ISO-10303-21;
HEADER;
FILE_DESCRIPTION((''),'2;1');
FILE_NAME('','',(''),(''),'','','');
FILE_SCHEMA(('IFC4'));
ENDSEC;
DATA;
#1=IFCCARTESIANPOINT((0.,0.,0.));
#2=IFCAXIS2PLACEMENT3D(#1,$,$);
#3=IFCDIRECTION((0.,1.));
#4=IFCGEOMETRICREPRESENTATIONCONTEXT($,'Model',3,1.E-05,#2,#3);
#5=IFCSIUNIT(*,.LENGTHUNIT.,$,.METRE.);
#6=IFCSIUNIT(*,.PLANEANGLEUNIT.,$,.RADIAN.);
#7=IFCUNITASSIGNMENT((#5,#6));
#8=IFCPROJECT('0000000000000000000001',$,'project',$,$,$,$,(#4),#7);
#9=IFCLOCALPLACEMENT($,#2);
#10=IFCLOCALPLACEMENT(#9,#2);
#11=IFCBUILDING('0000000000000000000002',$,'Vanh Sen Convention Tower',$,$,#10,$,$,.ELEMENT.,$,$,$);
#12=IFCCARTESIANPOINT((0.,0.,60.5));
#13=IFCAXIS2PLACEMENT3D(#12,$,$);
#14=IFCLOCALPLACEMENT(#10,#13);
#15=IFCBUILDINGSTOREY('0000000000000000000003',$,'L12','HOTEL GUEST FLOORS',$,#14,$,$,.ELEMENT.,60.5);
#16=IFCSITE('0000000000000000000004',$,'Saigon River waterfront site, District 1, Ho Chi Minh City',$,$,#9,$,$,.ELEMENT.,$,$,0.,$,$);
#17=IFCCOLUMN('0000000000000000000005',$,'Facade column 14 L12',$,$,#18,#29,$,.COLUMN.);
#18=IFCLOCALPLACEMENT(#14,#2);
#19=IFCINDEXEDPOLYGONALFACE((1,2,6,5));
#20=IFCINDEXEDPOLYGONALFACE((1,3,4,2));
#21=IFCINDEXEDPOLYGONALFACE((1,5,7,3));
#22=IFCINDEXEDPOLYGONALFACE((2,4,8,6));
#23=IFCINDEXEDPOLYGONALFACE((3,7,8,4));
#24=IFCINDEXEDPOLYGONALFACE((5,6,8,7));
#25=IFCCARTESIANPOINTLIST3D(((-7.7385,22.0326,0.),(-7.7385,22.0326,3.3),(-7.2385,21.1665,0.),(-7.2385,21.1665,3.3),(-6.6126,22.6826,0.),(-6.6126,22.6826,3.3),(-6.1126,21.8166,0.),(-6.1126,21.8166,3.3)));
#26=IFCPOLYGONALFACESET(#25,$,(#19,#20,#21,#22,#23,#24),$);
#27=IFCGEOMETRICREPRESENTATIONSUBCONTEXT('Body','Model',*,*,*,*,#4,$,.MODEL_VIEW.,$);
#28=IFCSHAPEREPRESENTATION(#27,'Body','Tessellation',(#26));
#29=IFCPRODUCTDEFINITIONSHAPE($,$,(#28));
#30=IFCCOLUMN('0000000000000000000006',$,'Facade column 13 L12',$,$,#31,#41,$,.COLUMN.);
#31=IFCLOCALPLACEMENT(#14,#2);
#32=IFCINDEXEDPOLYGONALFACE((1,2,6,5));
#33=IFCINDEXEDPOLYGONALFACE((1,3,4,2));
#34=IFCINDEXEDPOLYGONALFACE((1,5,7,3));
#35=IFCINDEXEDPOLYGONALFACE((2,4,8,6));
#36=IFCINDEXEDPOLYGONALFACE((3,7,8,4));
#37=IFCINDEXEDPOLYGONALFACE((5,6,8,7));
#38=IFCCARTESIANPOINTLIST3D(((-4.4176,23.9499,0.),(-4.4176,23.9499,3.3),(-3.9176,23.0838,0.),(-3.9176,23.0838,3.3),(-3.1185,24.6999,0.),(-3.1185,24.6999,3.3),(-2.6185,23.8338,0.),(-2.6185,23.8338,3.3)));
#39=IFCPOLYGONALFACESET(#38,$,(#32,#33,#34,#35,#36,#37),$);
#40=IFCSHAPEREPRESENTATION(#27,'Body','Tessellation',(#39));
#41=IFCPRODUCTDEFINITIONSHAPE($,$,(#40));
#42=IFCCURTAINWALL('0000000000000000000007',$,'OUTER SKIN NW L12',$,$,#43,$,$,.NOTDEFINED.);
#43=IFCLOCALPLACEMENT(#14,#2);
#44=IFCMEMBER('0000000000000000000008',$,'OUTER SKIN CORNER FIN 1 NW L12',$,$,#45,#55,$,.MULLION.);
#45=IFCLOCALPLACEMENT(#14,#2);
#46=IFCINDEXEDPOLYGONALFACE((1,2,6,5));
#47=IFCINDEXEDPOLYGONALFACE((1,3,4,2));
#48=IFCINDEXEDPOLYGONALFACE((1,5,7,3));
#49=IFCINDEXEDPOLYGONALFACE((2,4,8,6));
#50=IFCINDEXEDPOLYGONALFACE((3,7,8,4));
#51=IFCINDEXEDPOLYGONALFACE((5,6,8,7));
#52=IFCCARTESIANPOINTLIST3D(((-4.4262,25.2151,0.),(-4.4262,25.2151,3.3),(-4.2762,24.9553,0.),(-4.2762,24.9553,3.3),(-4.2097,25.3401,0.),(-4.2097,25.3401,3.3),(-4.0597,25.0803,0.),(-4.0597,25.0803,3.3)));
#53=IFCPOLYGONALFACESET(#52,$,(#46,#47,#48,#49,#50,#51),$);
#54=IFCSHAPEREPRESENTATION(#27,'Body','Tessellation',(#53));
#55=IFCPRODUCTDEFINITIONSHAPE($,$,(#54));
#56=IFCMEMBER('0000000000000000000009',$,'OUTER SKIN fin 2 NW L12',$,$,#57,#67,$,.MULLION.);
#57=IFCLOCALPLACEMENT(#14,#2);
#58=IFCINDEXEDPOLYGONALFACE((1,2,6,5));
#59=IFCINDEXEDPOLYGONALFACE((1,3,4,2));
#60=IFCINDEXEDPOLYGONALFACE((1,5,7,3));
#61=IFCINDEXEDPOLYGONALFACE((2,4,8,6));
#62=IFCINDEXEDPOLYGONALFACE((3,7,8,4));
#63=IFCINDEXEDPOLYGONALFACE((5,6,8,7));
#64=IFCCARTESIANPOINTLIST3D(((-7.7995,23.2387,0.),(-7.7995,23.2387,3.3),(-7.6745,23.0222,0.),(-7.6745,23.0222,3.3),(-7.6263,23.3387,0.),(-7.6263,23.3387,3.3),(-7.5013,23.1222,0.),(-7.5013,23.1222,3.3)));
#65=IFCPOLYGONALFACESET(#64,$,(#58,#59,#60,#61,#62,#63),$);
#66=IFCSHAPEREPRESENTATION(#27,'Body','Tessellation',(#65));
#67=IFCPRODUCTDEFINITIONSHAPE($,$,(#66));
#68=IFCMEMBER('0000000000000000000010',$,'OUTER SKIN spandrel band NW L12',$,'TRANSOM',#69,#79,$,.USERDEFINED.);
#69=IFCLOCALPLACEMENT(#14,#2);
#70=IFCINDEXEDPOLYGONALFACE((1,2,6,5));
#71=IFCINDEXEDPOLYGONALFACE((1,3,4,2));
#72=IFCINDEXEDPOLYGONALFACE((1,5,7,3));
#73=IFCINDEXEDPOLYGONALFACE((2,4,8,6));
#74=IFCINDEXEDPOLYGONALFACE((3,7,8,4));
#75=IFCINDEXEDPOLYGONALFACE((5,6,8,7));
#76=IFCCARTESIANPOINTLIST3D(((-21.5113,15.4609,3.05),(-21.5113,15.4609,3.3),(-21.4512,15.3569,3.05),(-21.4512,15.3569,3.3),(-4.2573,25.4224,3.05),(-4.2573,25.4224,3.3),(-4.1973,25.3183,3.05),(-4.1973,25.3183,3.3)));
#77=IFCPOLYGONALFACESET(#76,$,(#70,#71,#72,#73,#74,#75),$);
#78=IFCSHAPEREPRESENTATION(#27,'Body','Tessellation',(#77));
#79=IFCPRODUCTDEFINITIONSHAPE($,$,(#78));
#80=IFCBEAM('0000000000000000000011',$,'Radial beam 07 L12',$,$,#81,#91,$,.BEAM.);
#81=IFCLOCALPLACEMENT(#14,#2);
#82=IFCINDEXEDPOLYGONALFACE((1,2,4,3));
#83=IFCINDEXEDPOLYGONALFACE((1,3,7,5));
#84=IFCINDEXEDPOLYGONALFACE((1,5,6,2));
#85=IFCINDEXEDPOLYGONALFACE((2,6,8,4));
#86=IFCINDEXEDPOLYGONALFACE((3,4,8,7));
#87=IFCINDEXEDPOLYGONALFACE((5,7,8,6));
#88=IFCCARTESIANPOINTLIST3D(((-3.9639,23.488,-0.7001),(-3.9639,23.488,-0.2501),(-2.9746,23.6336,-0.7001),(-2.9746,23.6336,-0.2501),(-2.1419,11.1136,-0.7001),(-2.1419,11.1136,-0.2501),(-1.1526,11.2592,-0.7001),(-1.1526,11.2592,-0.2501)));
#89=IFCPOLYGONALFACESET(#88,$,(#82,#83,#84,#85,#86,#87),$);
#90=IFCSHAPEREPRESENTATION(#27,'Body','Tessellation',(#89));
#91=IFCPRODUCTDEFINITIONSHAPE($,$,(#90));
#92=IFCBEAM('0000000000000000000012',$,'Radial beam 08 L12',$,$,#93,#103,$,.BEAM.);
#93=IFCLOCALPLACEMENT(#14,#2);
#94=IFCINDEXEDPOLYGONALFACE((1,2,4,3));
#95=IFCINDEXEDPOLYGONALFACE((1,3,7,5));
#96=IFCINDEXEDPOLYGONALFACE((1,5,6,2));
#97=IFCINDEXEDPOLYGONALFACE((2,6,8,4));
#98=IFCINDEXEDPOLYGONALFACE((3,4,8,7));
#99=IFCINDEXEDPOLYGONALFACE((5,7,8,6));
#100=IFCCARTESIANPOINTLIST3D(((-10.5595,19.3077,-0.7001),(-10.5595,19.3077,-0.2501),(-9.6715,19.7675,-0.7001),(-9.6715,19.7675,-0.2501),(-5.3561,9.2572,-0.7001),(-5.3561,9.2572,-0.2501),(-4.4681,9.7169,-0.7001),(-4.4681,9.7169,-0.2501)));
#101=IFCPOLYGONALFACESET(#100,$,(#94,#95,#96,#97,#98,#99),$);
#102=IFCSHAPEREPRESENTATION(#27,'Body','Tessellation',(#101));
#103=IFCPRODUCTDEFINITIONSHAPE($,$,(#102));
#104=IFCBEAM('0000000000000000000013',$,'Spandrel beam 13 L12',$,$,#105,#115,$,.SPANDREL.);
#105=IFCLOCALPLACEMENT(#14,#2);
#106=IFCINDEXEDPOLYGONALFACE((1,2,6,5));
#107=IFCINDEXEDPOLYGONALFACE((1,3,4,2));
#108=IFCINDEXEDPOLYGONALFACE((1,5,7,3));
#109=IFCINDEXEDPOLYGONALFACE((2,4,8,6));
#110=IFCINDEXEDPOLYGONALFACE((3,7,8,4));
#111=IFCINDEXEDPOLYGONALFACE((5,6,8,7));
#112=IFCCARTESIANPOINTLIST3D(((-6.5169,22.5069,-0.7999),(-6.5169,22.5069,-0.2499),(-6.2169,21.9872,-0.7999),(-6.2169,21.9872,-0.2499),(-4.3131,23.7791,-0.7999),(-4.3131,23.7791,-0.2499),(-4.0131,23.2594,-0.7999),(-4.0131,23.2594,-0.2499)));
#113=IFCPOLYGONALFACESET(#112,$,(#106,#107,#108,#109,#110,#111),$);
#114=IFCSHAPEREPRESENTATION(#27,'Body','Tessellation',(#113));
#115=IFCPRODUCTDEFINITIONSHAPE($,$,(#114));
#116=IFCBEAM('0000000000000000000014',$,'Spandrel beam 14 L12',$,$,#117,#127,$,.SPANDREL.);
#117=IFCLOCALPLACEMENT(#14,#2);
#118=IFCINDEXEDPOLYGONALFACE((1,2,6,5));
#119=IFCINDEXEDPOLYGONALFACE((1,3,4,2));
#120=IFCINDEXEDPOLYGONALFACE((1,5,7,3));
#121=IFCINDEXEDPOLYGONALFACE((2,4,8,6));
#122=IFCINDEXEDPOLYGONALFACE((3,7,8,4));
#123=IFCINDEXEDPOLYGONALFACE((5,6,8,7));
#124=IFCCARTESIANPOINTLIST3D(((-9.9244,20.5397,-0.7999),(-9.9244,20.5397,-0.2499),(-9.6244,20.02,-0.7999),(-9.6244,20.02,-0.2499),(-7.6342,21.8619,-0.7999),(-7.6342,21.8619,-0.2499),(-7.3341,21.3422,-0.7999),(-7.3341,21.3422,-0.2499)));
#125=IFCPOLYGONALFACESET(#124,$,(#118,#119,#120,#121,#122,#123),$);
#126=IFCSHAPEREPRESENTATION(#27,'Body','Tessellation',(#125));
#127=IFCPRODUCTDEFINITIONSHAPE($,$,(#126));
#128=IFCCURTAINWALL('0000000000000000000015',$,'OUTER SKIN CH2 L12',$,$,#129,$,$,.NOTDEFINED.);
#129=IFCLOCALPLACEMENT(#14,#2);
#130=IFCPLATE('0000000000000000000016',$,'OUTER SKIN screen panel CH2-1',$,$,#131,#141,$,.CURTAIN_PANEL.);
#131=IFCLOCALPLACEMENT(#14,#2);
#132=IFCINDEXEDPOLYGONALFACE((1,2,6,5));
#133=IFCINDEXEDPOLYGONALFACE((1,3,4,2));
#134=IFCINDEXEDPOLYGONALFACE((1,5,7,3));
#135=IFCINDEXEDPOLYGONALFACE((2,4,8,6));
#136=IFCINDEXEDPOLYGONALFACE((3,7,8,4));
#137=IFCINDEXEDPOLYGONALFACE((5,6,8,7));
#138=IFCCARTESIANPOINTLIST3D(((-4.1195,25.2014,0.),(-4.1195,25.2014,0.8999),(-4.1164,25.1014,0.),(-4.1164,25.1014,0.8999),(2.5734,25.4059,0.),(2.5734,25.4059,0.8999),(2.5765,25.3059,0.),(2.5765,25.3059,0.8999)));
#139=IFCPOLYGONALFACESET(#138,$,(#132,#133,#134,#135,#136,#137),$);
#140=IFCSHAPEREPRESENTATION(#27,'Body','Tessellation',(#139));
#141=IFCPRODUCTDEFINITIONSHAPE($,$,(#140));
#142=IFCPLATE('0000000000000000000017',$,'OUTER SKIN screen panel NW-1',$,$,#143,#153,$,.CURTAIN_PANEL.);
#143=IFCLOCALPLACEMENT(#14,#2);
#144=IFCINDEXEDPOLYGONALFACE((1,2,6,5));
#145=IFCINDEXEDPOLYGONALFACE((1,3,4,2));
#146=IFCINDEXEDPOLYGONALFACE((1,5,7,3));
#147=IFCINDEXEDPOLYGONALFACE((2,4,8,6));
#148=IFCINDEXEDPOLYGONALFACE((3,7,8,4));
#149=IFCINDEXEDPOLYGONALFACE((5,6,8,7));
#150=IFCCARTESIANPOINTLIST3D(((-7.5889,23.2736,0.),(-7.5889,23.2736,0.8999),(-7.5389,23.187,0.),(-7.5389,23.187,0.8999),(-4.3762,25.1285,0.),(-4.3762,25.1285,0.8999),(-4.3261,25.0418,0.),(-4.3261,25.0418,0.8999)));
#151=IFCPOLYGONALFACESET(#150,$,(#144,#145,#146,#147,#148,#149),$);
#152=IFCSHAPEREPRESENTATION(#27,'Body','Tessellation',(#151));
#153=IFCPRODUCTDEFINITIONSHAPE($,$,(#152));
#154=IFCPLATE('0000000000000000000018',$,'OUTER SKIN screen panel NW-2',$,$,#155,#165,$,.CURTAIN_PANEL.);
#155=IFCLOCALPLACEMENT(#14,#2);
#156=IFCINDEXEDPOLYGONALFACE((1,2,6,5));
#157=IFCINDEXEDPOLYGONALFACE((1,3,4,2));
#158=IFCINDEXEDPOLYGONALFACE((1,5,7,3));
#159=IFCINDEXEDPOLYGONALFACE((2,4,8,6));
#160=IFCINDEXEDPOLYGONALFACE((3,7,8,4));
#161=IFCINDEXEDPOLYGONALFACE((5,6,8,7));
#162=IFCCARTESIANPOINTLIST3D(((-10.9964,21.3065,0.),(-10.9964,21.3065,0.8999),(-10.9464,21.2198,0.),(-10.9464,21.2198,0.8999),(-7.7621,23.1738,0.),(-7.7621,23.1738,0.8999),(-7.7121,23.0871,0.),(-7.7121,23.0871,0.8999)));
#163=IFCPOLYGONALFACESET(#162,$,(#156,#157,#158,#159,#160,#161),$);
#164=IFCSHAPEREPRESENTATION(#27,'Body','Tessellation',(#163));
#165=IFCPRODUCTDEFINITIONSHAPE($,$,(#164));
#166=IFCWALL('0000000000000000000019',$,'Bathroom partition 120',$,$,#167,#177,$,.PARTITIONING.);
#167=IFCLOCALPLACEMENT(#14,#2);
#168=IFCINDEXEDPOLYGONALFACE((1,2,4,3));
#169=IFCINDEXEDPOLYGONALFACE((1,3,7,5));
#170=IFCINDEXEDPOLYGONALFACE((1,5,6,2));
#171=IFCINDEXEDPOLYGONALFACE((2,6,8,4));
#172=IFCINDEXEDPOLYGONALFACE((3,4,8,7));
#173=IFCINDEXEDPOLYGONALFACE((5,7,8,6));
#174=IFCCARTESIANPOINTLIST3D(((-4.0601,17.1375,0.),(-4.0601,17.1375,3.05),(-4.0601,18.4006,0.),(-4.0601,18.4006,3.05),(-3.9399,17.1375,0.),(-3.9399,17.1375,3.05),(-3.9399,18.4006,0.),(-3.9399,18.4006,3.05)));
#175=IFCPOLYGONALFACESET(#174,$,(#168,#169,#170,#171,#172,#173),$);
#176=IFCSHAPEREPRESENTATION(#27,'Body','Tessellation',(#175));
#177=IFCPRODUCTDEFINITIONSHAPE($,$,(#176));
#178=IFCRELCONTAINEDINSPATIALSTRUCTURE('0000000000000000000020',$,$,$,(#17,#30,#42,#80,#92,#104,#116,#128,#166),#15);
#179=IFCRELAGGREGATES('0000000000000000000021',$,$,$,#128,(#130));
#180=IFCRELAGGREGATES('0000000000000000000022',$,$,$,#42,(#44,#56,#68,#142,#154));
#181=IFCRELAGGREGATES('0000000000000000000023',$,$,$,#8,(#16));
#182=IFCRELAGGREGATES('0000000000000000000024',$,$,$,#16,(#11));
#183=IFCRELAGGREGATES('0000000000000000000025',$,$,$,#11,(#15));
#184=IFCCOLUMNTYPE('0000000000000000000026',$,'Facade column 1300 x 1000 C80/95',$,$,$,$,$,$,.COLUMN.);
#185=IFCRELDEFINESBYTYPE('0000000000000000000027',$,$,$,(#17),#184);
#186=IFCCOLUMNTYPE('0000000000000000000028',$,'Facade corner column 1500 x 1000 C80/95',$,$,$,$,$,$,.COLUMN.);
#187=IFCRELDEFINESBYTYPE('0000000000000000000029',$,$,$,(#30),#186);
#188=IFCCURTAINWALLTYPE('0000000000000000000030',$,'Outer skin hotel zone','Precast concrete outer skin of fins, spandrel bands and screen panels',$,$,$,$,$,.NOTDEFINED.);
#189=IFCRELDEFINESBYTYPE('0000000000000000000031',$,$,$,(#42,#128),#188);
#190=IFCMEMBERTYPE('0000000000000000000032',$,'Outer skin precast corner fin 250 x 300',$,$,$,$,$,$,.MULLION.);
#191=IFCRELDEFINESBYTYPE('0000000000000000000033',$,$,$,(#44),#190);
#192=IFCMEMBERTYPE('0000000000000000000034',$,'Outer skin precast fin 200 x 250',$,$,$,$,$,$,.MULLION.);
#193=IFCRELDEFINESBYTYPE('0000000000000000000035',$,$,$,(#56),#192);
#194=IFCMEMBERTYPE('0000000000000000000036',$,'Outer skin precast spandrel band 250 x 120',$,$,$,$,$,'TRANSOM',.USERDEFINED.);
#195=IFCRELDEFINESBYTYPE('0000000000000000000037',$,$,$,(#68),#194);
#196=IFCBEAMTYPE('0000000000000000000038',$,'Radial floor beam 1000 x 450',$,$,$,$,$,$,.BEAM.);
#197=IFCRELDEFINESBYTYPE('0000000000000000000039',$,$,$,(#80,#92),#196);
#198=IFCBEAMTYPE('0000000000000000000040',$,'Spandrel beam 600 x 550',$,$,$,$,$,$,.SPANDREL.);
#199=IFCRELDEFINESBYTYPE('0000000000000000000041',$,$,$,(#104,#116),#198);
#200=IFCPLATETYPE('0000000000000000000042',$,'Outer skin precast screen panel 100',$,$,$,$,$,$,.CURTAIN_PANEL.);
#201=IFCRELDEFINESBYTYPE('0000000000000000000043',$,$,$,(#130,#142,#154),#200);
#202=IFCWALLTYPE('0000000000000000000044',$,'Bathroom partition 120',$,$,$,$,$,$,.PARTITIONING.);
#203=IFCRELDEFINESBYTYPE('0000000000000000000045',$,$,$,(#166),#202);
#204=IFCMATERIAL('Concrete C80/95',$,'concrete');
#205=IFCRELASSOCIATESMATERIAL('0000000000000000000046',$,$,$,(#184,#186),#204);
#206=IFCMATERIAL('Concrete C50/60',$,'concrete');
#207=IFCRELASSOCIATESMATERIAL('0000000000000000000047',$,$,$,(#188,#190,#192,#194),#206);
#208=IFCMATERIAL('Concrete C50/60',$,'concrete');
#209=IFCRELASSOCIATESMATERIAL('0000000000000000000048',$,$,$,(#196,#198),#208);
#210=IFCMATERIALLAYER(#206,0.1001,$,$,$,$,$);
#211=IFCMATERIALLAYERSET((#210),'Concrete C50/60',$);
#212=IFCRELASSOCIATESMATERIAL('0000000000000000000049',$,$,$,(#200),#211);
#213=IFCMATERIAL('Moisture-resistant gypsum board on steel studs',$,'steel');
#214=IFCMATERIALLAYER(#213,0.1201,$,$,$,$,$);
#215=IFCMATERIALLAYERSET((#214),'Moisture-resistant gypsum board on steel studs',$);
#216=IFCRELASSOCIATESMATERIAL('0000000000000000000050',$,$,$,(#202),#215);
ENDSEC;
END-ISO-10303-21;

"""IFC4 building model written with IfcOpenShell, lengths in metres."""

from ifc_helpers import new_model, si_unit, direction, frame, frame_2d, origin, origin_2d, place, context, subcontext, project, spatial, rectangle, extrude, material, layer, layer_set, material_profile, profile_set, type_object, element, aggregate, save


model = new_model("IFC4")

# Units and contexts
model_context = context("Model", 3, precision=1e-05, world=origin(), true_north=direction((0.0, 1.0)))
body_context = subcontext(model_context, "Body", "Model", "MODEL_VIEW")
ifc_project = project(units=[si_unit("LENGTHUNIT", "METRE"), si_unit("PLANEANGLEUNIT", "RADIAN")], contexts=[model_context])

# Site, building, storey
site_placement = place(None, origin())
site = spatial("IfcSite", under=ifc_project, at=site_placement, Name="Saigon River waterfront site, District 1, Ho Chi Minh City", CompositionType="ELEMENT", RefElevation=0.0)
building_placement = place(site_placement, origin())
building = spatial("IfcBuilding", under=site, at=building_placement, Name="Vanh Sen Convention Tower", CompositionType="ELEMENT")
storey_placement = place(building_placement, frame((0.0, 0.0, 60.5)))
storey = spatial("IfcBuildingStorey", under=building, at=storey_placement, Name="L12", Description="HOTEL GUEST FLOORS", CompositionType="ELEMENT", Elevation=60.5)

# Columns
ifc_material_1 = material(Name="Concrete C80/95", Category="concrete")
ifc_material_profile_1 = material_profile(ifc_material_1, rectangle(XDim=1.3, YDim=1.0, at=origin_2d()), Name="RC 1300X1000")
ifc_profile_set_1 = profile_set([ifc_material_profile_1], Name="Concrete C80/95")
column_type_1 = type_object("IfcColumnType", Name="Facade column 1300 x 1000 C80/95", PredefinedType="COLUMN", material=ifc_profile_set_1)
column_1_placement = place(storey_placement, frame((-6.9255, 21.9246, 0.0), z_axis=(0.0, 0.0, 1.0), x_axis=(-0.866025, -0.5, 0.0)))
element("IfcColumn", 1, at=column_1_placement, inside=storey, type_object=column_type_1, Name="Facade column 14 L12", PredefinedType="COLUMN", context=body_context, shape_type="SweptSolid", body=[
    extrude(rectangle(XDim=1.3, YDim=1.0, at=origin_2d()), origin(), (0.0, 0.0, 1.0), 3.3),
])
ifc_material_profile_2 = material_profile(ifc_material_1, rectangle(XDim=1.5, YDim=1.0, at=origin_2d()), Name="RC 1500X1000")
ifc_profile_set_2 = profile_set([ifc_material_profile_2], Name="Concrete C80/95")
column_type_2 = type_object("IfcColumnType", Name="Facade corner column 1500 x 1000 C80/95", PredefinedType="COLUMN", material=ifc_profile_set_2)
column_2_placement = place(storey_placement, frame((-3.5181, 23.8918, 0.0), z_axis=(0.0, 0.0, 1.0), x_axis=(-0.866025, -0.5, 0.0)))
element("IfcColumn", 2, at=column_2_placement, inside=storey, type_object=column_type_2, Name="Facade column 13 L12", PredefinedType="COLUMN", context=body_context, shape_type="SweptSolid", body=[
    extrude(rectangle(XDim=1.5, YDim=1.0, at=origin_2d()), origin(), (0.0, 0.0, 1.0), 3.3),
])

# Curtain wall, members
ifc_material_2 = material(Name="Concrete C50/60", Category="concrete")
curtain_wall_type = type_object("IfcCurtainWallType", Name="Outer skin hotel zone", Description="Precast concrete outer skin of fins, spandrel bands and screen panels", PredefinedType="NOTDEFINED", material=ifc_material_2)
curtain_wall_1_placement = place(storey_placement, origin())
curtain_wall_1 = element("IfcCurtainWall", 3, at=curtain_wall_1_placement, inside=storey, type_object=curtain_wall_type, Name="OUTER SKIN NW L12", PredefinedType="NOTDEFINED")
ifc_material_profile_3 = material_profile(ifc_material_2, rectangle(XDim=0.25, YDim=0.3, at=origin_2d()), Name="Outer skin precast corner fin 250 x 300")
ifc_profile_set_3 = profile_set([ifc_material_profile_3], Name="Concrete C50/60")
member_type_1 = type_object("IfcMemberType", Name="Outer skin precast corner fin 250 x 300", PredefinedType="MULLION", material=ifc_profile_set_3)
member_1_placement = place(storey_placement, frame((-4.2429, 25.1477, 0.0), z_axis=(0.0, 0.0, 1.0), x_axis=(-0.866025, -0.5, 0.0)))
member_1 = element("IfcMember", 4, at=member_1_placement, type_object=member_type_1, Name="OUTER SKIN CORNER FIN 1 NW L12", PredefinedType="MULLION", context=body_context, shape_type="SweptSolid", body=[
    extrude(rectangle(XDim=0.25, YDim=0.3, at=origin_2d()), origin(), (0.0, 0.0, 1.0), 3.3),
])
ifc_material_profile_4 = material_profile(ifc_material_2, rectangle(XDim=0.2, YDim=0.25, at=origin_2d()), Name="Outer skin precast fin 200 x 250")
ifc_profile_set_4 = profile_set([ifc_material_profile_4], Name="Concrete C50/60")
member_type_2 = type_object("IfcMemberType", Name="Outer skin precast fin 200 x 250", PredefinedType="MULLION", material=ifc_profile_set_4)
member_2_placement = place(storey_placement, frame((-7.6504, 23.1804, 0.0), z_axis=(0.0, 0.0, 1.0), x_axis=(-0.866025, -0.5, 0.0)))
member_2 = element("IfcMember", 5, at=member_2_placement, type_object=member_type_2, Name="OUTER SKIN fin 2 NW L12", PredefinedType="MULLION", context=body_context, shape_type="SweptSolid", body=[
    extrude(rectangle(XDim=0.2, YDim=0.25, at=origin_2d()), origin(), (0.0, 0.0, 1.0), 3.3),
])
ifc_material_profile_5 = material_profile(ifc_material_2, rectangle(XDim=0.1201, YDim=0.25, at=origin_2d()), Name="Outer skin precast spandrel band 250 x 120")
ifc_profile_set_5 = profile_set([ifc_material_profile_5], Name="Concrete C50/60")
member_type_3 = type_object("IfcMemberType", Name="Outer skin precast spandrel band 250 x 120", ElementType="TRANSOM", PredefinedType="USERDEFINED", material=ifc_profile_set_5)
member_3_placement = place(storey_placement, frame((-4.2273, 25.3704, 3.175), z_axis=(-0.866028, -0.499995, 0.0), x_axis=(0.499995, -0.866028, 0.0)))
member_3 = element("IfcMember", 6, at=member_3_placement, type_object=member_type_3, Name="OUTER SKIN spandrel band NW L12", ObjectType="TRANSOM", PredefinedType="USERDEFINED", context=body_context, shape_type="SweptSolid", body=[
    extrude(rectangle(XDim=0.1201, YDim=0.25, at=origin_2d()), origin(), (0.0, 0.0, 1.0), 19.9231),
])

# Beams
ifc_material_3 = material(Name="Concrete C50/60", Category="concrete")
ifc_material_profile_6 = material_profile(ifc_material_3, rectangle(XDim=1.0, YDim=0.45, at=origin_2d()), Name="RC 1000X450")
ifc_profile_set_6 = profile_set([ifc_material_profile_6], Name="Concrete C50/60")
beam_type_1 = type_object("IfcBeamType", Name="Radial floor beam 1000 x 450", PredefinedType="BEAM", material=ifc_profile_set_6)
beam_1_placement = place(storey_placement, frame((-3.4692, 23.5608, -0.4751), z_axis=(0.145669, -0.989333, 0.0), x_axis=(0.989333, 0.145669, 0.0)))
element("IfcBeam", 7, at=beam_1_placement, inside=storey, type_object=beam_type_1, Name="Radial beam 07 L12", PredefinedType="BEAM", context=body_context, shape_type="SweptSolid", body=[
    extrude(rectangle(XDim=1.0, YDim=0.45, at=origin_2d()), origin(), (0.0, 0.0, 1.0), 12.5078),
])
beam_2_placement = place(storey_placement, frame((-10.1155, 19.5376, -0.4751), z_axis=(0.459759, -0.888044, 0.0), x_axis=(0.888044, 0.459759, 0.0)))
element("IfcBeam", 8, at=beam_2_placement, inside=storey, type_object=beam_type_1, Name="Radial beam 08 L12", PredefinedType="BEAM", context=body_context, shape_type="SweptSolid", body=[
    extrude(rectangle(XDim=1.0, YDim=0.45, at=origin_2d()), origin(), (0.0, 0.0, 1.0), 11.3176),
])
ifc_material_profile_7 = material_profile(ifc_material_3, rectangle(XDim=0.6001, YDim=0.55, at=origin_2d()), Name="RC 600X550")
ifc_profile_set_7 = profile_set([ifc_material_profile_7], Name="Concrete C50/60")
beam_type_2 = type_object("IfcBeamType", Name="Spandrel beam 600 x 550", PredefinedType="SPANDREL", material=ifc_profile_set_7)
beam_3_placement = place(storey_placement, frame((-4.1631, 23.5193, -0.5249), z_axis=(-0.866056, -0.499947, 0.0), x_axis=(0.499947, -0.866056, 0.0)))
element("IfcBeam", 9, at=beam_3_placement, inside=storey, type_object=beam_type_2, Name="Spandrel beam 13 L12", PredefinedType="SPANDREL", context=body_context, shape_type="SweptSolid", body=[
    extrude(rectangle(XDim=0.6001, YDim=0.55, at=origin_2d()), origin(), (0.0, 0.0, 1.0), 2.5447),
])
beam_4_placement = place(storey_placement, frame((-7.4841, 21.6021, -0.5249), z_axis=(-0.86603, -0.499991, 0.0), x_axis=(0.499991, -0.86603, 0.0)))
element("IfcBeam", 10, at=beam_4_placement, inside=storey, type_object=beam_type_2, Name="Spandrel beam 14 L12", PredefinedType="SPANDREL", context=body_context, shape_type="SweptSolid", body=[
    extrude(rectangle(XDim=0.6001, YDim=0.55, at=origin_2d()), origin(), (0.0, 0.0, 1.0), 2.6445),
])

# Curtain wall, plate
curtain_wall_2_placement = place(storey_placement, origin())
curtain_wall_2 = element("IfcCurtainWall", 11, at=curtain_wall_2_placement, inside=storey, type_object=curtain_wall_type, Name="OUTER SKIN CH2 L12", PredefinedType="NOTDEFINED")
ifc_layer_1 = layer(ifc_material_2, 0.1001)
ifc_layer_set_1 = layer_set([ifc_layer_1], Name="Concrete C50/60")
plate_type = type_object("IfcPlateType", Name="Outer skin precast screen panel 100", PredefinedType="CURTAIN_PANEL", material=ifc_layer_set_1)
plate_1_placement = place(storey_placement, frame((-0.7715, 25.2537, 0.0), z_axis=(0.0, 0.0, 1.0), x_axis=(-0.999534, -0.030537, 0.0)))
plate_1 = element("IfcPlate", 12, at=plate_1_placement, type_object=plate_type, Name="OUTER SKIN screen panel CH2-1", PredefinedType="CURTAIN_PANEL", context=body_context, shape_type="SweptSolid", body=[
    extrude(rectangle(XDim=6.696, YDim=0.1001, at=origin_2d()), origin(), (0.0, 0.0, 1.0), 0.8999),
])
aggregate(curtain_wall_2, [plate_1])

# Plates
plate_2_placement = place(storey_placement, frame((-5.9575, 24.1577, 0.0), z_axis=(0.0, 0.0, 1.0), x_axis=(-0.866028, -0.499995, 0.0)))
plate_2 = element("IfcPlate", 13, at=plate_2_placement, type_object=plate_type, Name="OUTER SKIN screen panel NW-1", PredefinedType="CURTAIN_PANEL", context=body_context, shape_type="SweptSolid", body=[
    extrude(rectangle(XDim=3.7097, YDim=0.1001, at=origin_2d()), origin(), (0.0, 0.0, 1.0), 0.8999),
])
plate_3_placement = place(storey_placement, frame((-9.3542, 22.1968, 0.0), z_axis=(0.0, 0.0, 1.0), x_axis=(-0.866021, -0.500008, 0.0)))
plate_3 = element("IfcPlate", 14, at=plate_3_placement, type_object=plate_type, Name="OUTER SKIN screen panel NW-2", PredefinedType="CURTAIN_PANEL", context=body_context, shape_type="SweptSolid", body=[
    extrude(rectangle(XDim=3.7346, YDim=0.1001, at=origin_2d()), origin(), (0.0, 0.0, 1.0), 0.8999),
])
aggregate(curtain_wall_1, [member_1, member_2, member_3, plate_2, plate_3])

# Wall
ifc_material_4 = material(Name="Moisture-resistant gypsum board on steel studs", Category="steel")
ifc_layer_2 = layer(ifc_material_4, 0.1201)
ifc_layer_set_2 = layer_set([ifc_layer_2], Name="Moisture-resistant gypsum board on steel studs")
wall_type_1 = type_object("IfcWallType", Name="Bathroom partition 120", PredefinedType="PARTITIONING", material=ifc_layer_set_2)
wall_1_placement = place(storey_placement, frame((-4.0, 17.1375, 0.0), z_axis=(0.0, 0.0, 1.0), x_axis=(0.0, 1.0, 0.0)))
element("IfcWall", 15, at=wall_1_placement, inside=storey, type_object=wall_type_1, Name="Bathroom partition 120", PredefinedType="PARTITIONING", context=body_context, shape_type="SweptSolid", body=[
    extrude(rectangle(XDim=1.2632, YDim=0.1201, at=frame_2d((0.6316, 0.0))), origin(), (0.0, 0.0, 1.0), 3.05),
])

save(model, "model.ifc")
